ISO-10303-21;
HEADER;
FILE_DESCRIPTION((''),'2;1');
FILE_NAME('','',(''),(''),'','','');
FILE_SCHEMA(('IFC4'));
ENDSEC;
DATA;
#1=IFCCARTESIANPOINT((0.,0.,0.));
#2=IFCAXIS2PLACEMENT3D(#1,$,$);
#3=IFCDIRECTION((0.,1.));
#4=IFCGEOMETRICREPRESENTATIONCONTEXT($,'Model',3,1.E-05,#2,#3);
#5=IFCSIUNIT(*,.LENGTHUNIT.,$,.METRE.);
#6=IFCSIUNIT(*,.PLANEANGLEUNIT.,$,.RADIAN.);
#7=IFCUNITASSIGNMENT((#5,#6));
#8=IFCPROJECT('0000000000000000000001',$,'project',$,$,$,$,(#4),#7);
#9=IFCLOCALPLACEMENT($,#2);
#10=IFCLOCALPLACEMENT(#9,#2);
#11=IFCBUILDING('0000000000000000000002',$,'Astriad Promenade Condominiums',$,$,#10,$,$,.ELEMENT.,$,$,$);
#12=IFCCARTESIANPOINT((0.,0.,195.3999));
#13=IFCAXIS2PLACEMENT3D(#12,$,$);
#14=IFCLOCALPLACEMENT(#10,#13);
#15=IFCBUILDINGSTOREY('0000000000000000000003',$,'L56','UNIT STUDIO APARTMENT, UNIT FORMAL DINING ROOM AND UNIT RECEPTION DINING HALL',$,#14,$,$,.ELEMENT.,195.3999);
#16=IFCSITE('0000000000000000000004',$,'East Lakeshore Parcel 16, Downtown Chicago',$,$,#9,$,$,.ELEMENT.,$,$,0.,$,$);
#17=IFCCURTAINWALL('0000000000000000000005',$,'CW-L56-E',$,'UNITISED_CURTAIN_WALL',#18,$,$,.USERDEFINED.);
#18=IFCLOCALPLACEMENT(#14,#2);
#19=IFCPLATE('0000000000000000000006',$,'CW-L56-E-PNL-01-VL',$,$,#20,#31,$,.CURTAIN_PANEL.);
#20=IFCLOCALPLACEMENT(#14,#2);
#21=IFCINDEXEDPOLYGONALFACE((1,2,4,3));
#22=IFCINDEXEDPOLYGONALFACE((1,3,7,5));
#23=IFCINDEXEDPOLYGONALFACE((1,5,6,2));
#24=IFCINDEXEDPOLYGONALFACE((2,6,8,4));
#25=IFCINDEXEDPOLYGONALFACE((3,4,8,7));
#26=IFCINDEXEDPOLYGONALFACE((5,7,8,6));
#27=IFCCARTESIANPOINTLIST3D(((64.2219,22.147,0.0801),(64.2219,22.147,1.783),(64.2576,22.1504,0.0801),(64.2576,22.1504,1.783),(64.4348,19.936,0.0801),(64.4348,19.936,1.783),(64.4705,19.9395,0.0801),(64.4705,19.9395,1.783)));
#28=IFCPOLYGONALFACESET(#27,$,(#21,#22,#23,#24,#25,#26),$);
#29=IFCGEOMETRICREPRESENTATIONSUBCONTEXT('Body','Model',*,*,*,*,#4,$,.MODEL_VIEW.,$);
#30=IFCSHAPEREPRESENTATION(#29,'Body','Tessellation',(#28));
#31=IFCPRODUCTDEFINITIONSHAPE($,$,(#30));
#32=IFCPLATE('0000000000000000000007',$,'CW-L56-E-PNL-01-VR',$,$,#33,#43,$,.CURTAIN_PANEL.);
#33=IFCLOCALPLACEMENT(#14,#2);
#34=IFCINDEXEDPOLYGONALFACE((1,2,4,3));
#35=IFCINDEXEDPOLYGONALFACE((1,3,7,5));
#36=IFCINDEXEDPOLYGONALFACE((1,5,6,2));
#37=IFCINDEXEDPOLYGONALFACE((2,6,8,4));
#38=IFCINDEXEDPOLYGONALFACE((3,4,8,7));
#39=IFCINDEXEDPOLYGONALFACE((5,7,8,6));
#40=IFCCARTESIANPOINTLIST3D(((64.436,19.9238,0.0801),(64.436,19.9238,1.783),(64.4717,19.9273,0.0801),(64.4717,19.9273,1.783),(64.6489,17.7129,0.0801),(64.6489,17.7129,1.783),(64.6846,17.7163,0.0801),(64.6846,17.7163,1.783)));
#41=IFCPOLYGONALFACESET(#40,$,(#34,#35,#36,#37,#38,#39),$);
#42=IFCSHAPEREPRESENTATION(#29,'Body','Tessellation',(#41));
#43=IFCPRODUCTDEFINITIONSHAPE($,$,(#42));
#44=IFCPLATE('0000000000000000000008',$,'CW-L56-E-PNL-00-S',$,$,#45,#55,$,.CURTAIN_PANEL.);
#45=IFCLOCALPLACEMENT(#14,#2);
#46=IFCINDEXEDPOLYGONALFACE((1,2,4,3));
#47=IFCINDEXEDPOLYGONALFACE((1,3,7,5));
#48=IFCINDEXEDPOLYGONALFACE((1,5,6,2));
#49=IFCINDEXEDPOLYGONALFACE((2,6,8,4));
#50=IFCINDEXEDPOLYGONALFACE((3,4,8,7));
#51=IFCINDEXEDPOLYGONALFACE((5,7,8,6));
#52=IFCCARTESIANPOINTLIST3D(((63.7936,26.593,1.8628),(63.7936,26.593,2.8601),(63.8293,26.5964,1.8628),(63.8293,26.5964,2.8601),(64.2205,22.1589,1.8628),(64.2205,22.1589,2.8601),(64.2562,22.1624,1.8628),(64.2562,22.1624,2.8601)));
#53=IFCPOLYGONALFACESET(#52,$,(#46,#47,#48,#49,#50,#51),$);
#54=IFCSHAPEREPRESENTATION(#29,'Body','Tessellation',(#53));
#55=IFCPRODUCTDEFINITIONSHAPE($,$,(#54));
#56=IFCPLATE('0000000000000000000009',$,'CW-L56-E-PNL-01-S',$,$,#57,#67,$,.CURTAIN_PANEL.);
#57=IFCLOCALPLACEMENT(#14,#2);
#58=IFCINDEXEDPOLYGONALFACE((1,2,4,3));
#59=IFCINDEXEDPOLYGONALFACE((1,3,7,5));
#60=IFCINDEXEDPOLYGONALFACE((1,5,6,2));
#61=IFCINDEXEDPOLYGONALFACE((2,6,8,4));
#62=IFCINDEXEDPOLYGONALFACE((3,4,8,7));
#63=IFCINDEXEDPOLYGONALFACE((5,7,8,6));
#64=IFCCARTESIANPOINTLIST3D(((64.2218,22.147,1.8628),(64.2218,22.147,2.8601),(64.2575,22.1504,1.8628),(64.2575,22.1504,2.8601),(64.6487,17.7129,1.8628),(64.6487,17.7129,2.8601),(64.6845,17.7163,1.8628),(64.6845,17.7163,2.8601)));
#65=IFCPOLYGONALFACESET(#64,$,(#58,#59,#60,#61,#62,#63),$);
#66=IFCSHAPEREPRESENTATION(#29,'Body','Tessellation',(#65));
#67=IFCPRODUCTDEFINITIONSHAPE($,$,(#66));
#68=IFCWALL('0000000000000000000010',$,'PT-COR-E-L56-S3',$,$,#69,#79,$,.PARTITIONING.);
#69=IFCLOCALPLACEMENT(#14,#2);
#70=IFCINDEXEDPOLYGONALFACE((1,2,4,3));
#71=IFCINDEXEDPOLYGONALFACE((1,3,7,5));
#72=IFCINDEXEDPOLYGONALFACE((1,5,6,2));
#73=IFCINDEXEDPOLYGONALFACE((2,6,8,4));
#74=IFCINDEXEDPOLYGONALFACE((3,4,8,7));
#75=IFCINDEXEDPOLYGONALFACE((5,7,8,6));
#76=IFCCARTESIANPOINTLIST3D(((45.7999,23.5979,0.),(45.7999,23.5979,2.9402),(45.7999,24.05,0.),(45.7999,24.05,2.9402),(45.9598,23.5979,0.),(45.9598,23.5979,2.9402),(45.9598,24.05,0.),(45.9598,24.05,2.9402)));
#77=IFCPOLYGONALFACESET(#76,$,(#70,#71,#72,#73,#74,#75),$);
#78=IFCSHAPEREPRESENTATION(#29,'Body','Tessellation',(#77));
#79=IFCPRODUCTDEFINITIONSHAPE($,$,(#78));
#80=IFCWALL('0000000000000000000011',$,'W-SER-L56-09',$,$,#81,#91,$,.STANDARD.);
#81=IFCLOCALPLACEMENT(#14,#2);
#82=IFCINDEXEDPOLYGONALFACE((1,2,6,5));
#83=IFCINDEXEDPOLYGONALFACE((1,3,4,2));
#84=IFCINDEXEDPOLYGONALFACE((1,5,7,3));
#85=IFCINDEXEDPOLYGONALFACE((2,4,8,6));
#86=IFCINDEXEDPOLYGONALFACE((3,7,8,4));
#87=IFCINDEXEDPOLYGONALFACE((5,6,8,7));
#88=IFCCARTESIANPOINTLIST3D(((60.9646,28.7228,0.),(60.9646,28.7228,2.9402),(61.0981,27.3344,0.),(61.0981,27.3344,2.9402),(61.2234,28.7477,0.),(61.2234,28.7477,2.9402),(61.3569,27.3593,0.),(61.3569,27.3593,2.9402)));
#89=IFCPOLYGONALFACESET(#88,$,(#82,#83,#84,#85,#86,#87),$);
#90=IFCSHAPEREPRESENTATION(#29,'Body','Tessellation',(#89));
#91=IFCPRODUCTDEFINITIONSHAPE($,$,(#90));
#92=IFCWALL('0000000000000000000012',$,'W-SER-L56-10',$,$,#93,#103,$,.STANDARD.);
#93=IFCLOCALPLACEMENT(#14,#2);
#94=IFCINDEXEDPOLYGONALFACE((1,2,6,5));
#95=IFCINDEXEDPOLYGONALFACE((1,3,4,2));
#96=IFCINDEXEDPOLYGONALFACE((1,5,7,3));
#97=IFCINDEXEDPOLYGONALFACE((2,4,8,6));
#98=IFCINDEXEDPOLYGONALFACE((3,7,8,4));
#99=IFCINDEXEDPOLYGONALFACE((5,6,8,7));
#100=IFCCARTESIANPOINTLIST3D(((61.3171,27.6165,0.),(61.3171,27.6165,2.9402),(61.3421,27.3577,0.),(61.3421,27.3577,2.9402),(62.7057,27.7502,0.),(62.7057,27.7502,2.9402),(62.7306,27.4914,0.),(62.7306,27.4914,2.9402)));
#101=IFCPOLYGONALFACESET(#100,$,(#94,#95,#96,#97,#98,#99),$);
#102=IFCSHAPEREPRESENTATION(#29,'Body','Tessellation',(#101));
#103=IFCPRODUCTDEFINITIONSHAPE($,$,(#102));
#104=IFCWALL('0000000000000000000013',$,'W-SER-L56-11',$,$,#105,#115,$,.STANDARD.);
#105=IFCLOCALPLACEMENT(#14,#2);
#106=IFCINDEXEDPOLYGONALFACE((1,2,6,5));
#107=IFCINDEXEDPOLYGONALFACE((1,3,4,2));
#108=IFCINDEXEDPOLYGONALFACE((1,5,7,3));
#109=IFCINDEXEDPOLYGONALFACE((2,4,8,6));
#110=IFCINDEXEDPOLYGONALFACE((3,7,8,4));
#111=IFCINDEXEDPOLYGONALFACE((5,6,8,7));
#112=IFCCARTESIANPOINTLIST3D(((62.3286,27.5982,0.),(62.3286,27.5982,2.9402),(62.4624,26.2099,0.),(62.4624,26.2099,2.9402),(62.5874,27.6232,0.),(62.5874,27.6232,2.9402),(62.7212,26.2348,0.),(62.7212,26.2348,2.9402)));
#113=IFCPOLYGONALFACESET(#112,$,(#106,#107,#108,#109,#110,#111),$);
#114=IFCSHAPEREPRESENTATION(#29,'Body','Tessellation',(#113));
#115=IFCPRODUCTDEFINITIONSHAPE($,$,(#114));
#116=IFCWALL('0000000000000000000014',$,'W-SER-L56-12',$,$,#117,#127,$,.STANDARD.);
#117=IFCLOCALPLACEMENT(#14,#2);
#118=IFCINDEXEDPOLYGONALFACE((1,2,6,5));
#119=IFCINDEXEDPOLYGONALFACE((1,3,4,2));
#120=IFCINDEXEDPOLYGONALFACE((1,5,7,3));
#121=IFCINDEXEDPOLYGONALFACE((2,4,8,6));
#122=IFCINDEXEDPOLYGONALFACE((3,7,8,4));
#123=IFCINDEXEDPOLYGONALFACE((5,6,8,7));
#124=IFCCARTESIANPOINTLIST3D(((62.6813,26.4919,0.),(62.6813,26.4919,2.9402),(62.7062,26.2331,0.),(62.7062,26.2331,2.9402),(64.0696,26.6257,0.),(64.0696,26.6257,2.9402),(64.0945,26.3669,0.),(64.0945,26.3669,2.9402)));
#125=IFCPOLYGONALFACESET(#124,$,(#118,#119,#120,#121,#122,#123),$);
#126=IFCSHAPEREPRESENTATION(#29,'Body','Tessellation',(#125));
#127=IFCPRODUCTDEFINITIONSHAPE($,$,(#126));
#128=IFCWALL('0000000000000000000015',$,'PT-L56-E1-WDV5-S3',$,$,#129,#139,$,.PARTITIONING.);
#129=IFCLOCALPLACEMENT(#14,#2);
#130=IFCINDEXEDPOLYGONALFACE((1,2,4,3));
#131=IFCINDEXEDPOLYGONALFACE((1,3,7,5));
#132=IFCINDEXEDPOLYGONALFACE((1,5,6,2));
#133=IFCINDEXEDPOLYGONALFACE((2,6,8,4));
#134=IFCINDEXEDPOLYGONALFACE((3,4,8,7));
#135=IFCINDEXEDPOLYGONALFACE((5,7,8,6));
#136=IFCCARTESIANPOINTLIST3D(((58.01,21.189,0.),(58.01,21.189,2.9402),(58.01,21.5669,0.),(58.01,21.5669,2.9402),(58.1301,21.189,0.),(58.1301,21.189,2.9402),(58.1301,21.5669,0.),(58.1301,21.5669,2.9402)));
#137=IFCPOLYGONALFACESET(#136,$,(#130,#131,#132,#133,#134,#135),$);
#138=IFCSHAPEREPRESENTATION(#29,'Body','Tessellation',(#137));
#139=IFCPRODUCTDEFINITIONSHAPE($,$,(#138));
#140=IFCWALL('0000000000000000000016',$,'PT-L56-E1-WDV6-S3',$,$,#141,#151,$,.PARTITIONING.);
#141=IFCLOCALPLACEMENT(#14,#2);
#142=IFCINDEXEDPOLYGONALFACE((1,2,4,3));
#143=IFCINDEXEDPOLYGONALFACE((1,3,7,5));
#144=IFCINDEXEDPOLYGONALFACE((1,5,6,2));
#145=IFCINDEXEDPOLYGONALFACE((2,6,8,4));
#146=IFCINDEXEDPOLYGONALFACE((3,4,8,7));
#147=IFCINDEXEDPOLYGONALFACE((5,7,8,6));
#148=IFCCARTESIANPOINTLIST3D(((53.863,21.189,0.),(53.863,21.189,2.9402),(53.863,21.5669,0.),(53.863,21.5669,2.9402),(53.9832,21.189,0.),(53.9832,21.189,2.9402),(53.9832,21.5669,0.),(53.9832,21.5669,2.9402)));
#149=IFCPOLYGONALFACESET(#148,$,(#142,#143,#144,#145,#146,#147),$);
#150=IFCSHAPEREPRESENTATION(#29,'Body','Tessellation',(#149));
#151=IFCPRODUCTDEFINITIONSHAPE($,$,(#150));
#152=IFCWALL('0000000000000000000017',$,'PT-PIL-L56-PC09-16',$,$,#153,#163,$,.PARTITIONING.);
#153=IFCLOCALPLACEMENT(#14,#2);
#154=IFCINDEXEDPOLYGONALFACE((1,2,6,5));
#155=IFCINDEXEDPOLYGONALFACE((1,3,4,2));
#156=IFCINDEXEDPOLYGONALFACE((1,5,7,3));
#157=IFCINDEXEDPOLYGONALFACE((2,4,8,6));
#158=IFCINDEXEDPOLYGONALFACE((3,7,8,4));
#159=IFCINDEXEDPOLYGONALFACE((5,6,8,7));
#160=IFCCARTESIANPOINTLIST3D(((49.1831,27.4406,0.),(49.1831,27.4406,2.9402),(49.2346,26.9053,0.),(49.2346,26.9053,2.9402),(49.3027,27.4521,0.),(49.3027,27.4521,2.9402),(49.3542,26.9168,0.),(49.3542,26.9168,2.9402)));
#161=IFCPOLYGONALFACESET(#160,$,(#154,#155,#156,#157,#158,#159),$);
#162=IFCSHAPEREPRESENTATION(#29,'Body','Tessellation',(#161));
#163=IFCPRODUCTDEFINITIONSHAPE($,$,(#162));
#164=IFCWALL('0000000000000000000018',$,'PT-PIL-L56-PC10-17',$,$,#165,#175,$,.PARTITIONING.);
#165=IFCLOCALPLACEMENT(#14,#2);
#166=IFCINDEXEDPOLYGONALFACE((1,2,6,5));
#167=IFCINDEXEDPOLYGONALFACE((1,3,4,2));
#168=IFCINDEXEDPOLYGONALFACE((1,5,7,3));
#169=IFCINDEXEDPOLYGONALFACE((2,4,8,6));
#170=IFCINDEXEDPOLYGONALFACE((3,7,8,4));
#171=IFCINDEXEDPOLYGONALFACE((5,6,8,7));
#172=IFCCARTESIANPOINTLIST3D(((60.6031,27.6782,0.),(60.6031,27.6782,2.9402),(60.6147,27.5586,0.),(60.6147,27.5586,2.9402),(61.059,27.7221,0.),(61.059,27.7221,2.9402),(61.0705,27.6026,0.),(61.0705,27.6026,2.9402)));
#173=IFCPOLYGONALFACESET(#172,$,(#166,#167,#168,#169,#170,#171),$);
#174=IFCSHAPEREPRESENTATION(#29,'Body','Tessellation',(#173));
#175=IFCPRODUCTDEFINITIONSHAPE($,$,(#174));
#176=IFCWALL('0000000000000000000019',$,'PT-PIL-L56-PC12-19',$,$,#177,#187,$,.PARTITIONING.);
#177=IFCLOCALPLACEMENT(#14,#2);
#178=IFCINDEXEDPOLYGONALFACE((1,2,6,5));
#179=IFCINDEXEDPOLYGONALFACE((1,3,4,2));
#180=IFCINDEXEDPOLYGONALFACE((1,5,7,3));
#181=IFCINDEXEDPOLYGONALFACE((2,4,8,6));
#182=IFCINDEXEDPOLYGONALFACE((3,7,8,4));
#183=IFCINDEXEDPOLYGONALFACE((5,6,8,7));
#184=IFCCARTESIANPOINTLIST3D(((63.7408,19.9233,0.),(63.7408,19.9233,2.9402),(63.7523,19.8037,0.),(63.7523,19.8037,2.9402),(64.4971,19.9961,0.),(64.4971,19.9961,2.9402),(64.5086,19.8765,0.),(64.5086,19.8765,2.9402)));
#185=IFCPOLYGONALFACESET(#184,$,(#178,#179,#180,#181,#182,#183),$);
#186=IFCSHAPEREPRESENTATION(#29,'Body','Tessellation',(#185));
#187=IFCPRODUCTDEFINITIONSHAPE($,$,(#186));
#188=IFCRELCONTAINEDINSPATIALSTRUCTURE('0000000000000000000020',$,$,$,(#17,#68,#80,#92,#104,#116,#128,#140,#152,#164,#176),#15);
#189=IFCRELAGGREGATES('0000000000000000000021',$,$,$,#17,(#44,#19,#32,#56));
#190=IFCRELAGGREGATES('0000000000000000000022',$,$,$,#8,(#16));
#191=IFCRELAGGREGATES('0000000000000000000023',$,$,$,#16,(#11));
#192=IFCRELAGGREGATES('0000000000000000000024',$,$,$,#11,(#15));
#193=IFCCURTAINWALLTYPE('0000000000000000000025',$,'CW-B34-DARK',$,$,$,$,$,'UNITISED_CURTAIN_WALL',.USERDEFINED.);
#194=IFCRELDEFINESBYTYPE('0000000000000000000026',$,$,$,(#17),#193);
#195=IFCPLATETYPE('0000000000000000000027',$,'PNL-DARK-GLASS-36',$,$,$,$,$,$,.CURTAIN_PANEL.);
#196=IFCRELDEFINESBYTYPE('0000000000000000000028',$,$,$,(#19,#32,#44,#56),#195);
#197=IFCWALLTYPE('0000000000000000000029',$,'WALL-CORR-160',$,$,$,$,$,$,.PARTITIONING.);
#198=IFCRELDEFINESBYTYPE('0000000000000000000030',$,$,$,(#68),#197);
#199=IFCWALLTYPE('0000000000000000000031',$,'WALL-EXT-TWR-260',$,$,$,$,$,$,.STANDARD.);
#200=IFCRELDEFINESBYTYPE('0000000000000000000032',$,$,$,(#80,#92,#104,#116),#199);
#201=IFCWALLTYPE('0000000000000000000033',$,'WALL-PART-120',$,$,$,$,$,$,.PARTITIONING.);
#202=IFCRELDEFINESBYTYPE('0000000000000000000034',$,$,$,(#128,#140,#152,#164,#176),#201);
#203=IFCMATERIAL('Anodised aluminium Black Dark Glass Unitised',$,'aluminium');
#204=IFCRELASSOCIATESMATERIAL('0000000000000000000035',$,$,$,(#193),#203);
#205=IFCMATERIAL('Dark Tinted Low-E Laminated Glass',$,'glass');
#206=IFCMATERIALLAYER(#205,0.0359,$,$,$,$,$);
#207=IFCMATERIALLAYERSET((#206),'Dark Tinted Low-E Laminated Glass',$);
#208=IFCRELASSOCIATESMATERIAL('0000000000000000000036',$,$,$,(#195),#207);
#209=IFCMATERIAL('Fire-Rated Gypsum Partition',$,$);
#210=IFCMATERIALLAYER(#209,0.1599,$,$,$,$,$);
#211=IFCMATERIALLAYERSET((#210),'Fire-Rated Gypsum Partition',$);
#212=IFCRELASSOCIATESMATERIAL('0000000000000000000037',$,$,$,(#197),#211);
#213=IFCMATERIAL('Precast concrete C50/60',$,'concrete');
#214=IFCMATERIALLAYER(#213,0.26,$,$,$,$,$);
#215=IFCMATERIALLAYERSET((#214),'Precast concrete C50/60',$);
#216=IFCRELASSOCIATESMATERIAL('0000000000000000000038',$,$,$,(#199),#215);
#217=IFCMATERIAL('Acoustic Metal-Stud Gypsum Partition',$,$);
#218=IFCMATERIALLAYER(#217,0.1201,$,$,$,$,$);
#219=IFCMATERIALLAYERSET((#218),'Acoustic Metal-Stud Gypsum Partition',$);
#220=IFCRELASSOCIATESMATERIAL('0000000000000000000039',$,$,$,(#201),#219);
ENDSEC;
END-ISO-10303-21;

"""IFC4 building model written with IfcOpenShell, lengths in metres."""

from ifc_helpers import new_model, si_unit, direction, frame, frame_2d, origin, origin_2d, place, context, subcontext, project, spatial, rectangle, extrude, source, transform, mapped, material, layer, layer_set, type_object, type_shapes, element, aggregate, save


model = new_model("IFC4")

# Units and contexts
model_context = context("Model", 3, precision=1e-05, world=origin(), true_north=direction((0.0, 1.0)))
body_context = subcontext(model_context, "Body", "Model", "MODEL_VIEW")
ifc_project = project(units=[si_unit("LENGTHUNIT", "METRE"), si_unit("PLANEANGLEUNIT", "RADIAN")], contexts=[model_context])

# Site, building, storey
site_placement = place(None, origin())
site = spatial("IfcSite", under=ifc_project, at=site_placement, Name="East Lakeshore Parcel 16, Downtown Chicago", CompositionType="ELEMENT", RefElevation=0.0)
building_placement = place(site_placement, origin())
building = spatial("IfcBuilding", under=site, at=building_placement, Name="Astriad Promenade Condominiums", CompositionType="ELEMENT")
storey_placement = place(building_placement, frame((0.0, 0.0, 195.3999)))
storey = spatial("IfcBuildingStorey", under=building, at=storey_placement, Name="L56", Description="UNIT STUDIO APARTMENT, UNIT FORMAL DINING ROOM AND UNIT RECEPTION DINING HALL", CompositionType="ELEMENT", Elevation=195.3999)

# Curtain wall, plates
ifc_material_1 = material(Name="Anodised aluminium Black Dark Glass Unitised", Category="aluminium")
curtain_wall_type = type_object("IfcCurtainWallType", Name="CW-B34-DARK", ElementType="UNITISED_CURTAIN_WALL", PredefinedType="USERDEFINED", material=ifc_material_1)
curtain_wall_placement = place(storey_placement, origin())
curtain_wall = element("IfcCurtainWall", 1, at=curtain_wall_placement, inside=storey, type_object=curtain_wall_type, Name="CW-L56-E", ObjectType="UNITISED_CURTAIN_WALL", PredefinedType="USERDEFINED")
ifc_material_2 = material(Name="Dark Tinted Low-E Laminated Glass", Category="glass")
ifc_layer_1 = layer(ifc_material_2, 0.0359)
ifc_layer_set_1 = layer_set([ifc_layer_1], Name="Dark Tinted Low-E Laminated Glass")
plate_type = type_object("IfcPlateType", Name="PNL-DARK-GLASS-36", PredefinedType="CURTAIN_PANEL", material=ifc_layer_set_1)
shared_shape_1 = source(origin(), body_context, "Body", "SweptSolid", [
    extrude(rectangle(XDim=2.2212, YDim=0.0359, at=origin_2d()), origin(), (0.0, 0.0, 1.0), 1.7029),
])
plate_1_placement = place(storey_placement, frame((64.3462, 21.0432, 0.0801), z_axis=(0.0, 0.0, 1.0), x_axis=(0.095846, -0.995396, 0.0)))
plate_1 = element("IfcPlate", 2, at=plate_1_placement, type_object=plate_type, Name="CW-L56-E-PNL-01-VL", PredefinedType="CURTAIN_PANEL", context=body_context, shape_type="MappedRepresentation", body=[
    mapped(shared_shape_1, transform((0.0, 0.0, 0.0), scale=1.0)),
])
plate_2_placement = place(storey_placement, frame((64.5603, 18.8201, 0.0801), z_axis=(0.0, 0.0, 1.0), x_axis=(0.095846, -0.995396, 0.0)))
plate_2 = element("IfcPlate", 3, at=plate_2_placement, type_object=plate_type, Name="CW-L56-E-PNL-01-VR", PredefinedType="CURTAIN_PANEL", context=body_context, shape_type="MappedRepresentation", body=[
    mapped(shared_shape_1, transform((0.0, 0.0, 0.0), scale=1.0)),
])
shared_shape_2 = source(origin(), body_context, "Body", "SweptSolid", [
    extrude(rectangle(XDim=4.4546, YDim=0.0359, at=origin_2d()), origin(), (0.0, 0.0, 1.0), 0.9973),
])
type_shapes(plate_type, [shared_shape_1, shared_shape_2])
plate_3_placement = place(storey_placement, frame((64.0249, 24.3777, 1.8628), z_axis=(0.0, 0.0, 1.0), x_axis=(0.095846, -0.995396, 0.0)))
plate_3 = element("IfcPlate", 4, at=plate_3_placement, type_object=plate_type, Name="CW-L56-E-PNL-00-S", PredefinedType="CURTAIN_PANEL", context=body_context, shape_type="MappedRepresentation", body=[
    mapped(shared_shape_2, transform((0.0, 0.0, 0.0), scale=1.0)),
])
plate_4_placement = place(storey_placement, frame((64.4531, 19.9316, 1.8628), z_axis=(0.0, 0.0, 1.0), x_axis=(0.095846, -0.995396, 0.0)))
plate_4 = element("IfcPlate", 5, at=plate_4_placement, type_object=plate_type, Name="CW-L56-E-PNL-01-S", PredefinedType="CURTAIN_PANEL", context=body_context, shape_type="MappedRepresentation", body=[
    mapped(shared_shape_2, transform((0.0, 0.0, 0.0), scale=1.0)),
])
aggregate(curtain_wall, [plate_3, plate_1, plate_2, plate_4])

# Walls
ifc_material_3 = material(Name="Fire-Rated Gypsum Partition")
ifc_layer_2 = layer(ifc_material_3, 0.1599)
ifc_layer_set_2 = layer_set([ifc_layer_2], Name="Fire-Rated Gypsum Partition")
wall_type_1 = type_object("IfcWallType", Name="WALL-CORR-160", PredefinedType="PARTITIONING", material=ifc_layer_set_2)
wall_1_placement = place(storey_placement, frame((45.8799, 23.5979, 0.0), z_axis=(0.0, 0.0, 1.0), x_axis=(0.0, 1.0, 0.0)))
element("IfcWall", 6, at=wall_1_placement, inside=storey, type_object=wall_type_1, Name="PT-COR-E-L56-S3", PredefinedType="PARTITIONING", context=body_context, shape_type="SweptSolid", body=[
    extrude(rectangle(XDim=0.4521, YDim=0.1599, at=frame_2d((0.2261, 0.0))), origin(), (0.0, 0.0, 1.0), 2.9402),
])
ifc_material_4 = material(Name="Precast concrete C50/60", Category="concrete")
ifc_layer_3 = layer(ifc_material_4, 0.26)
ifc_layer_set_3 = layer_set([ifc_layer_3], Name="Precast concrete C50/60")
wall_type_2 = type_object("IfcWallType", Name="WALL-EXT-TWR-260", PredefinedType="STANDARD", material=ifc_layer_set_3)
wall_2_placement = place(storey_placement, frame((61.094, 28.7351, 0.0), z_axis=(0.0, 0.0, 1.0), x_axis=(0.095742, -0.995406, 0.0)))
element("IfcWall", 7, at=wall_2_placement, inside=storey, type_object=wall_type_2, Name="W-SER-L56-09", PredefinedType="STANDARD", context=body_context, shape_type="SweptSolid", body=[
    extrude(rectangle(XDim=1.3948, YDim=0.26, at=frame_2d((0.6973, 0.0))), origin(), (0.0, 0.0, 1.0), 2.9402),
])
wall_3_placement = place(storey_placement, frame((61.3296, 27.4871, 0.0), z_axis=(0.0, 0.0, 1.0), x_axis=(0.995391, 0.095899, 0.0)))
element("IfcWall", 8, at=wall_3_placement, inside=storey, type_object=wall_type_2, Name="W-SER-L56-10", PredefinedType="STANDARD", context=body_context, shape_type="SweptSolid", body=[
    extrude(rectangle(XDim=1.395, YDim=0.26, at=frame_2d((0.6975, 0.0))), origin(), (0.0, 0.0, 1.0), 2.9402),
])
for number, where, z_axis, x_axis, name in (
    (9, (62.458, 27.6106, 0.0), (0.0, 0.0, 1.0), (0.095916, -0.995389, 0.0), "W-SER-L56-11"),
    (10, (62.6938, 26.3625, 0.0), (0.0, 0.0, 1.0), (0.995389, 0.095916, 0.0), "W-SER-L56-12"),
):
    element("IfcWall", number, at=place(storey_placement, frame(where, z_axis=z_axis, x_axis=x_axis)), inside=storey, type_object=wall_type_2, Name=name, PredefinedType="STANDARD", context=body_context, shape_type="SweptSolid", body=[
        extrude(rectangle(XDim=1.3948, YDim=0.26, at=frame_2d((0.6973, 0.0))), origin(), (0.0, 0.0, 1.0), 2.9402),
    ])
ifc_material_5 = material(Name="Acoustic Metal-Stud Gypsum Partition")
ifc_layer_4 = layer(ifc_material_5, 0.1201)
ifc_layer_set_4 = layer_set([ifc_layer_4], Name="Acoustic Metal-Stud Gypsum Partition")
wall_type_3 = type_object("IfcWallType", Name="WALL-PART-120", PredefinedType="PARTITIONING", material=ifc_layer_set_4)
for number, where, z_axis, x_axis, name in (
    (11, (58.0701, 21.189, 0.0), (0.0, 0.0, 1.0), (0.0, 1.0, 0.0), "PT-L56-E1-WDV5-S3"),
    (12, (53.9231, 21.189, 0.0), (0.0, 0.0, 1.0), (0.0, 1.0, 0.0), "PT-L56-E1-WDV6-S3"),
):
    element("IfcWall", number, at=place(storey_placement, frame(where, z_axis=z_axis, x_axis=x_axis)), inside=storey, type_object=wall_type_3, Name=name, PredefinedType="PARTITIONING", context=body_context, shape_type="SweptSolid", body=[
        extrude(rectangle(XDim=0.3779, YDim=0.1201, at=frame_2d((0.189, 0.0))), origin(), (0.0, 0.0, 1.0), 2.9402),
    ])
wall_4_placement = place(storey_placement, frame((49.2944, 26.9109, 0.0), z_axis=(0.0, 0.0, 1.0), x_axis=(-0.095773, 0.995403, 0.0)))
element("IfcWall", 13, at=wall_4_placement, inside=storey, type_object=wall_type_3, Name="PT-PIL-L56-PC09-16", PredefinedType="PARTITIONING", context=body_context, shape_type="SweptSolid", body=[
    extrude(rectangle(XDim=0.5378, YDim=0.1201, at=frame_2d((0.269, 0.0))), origin(), (0.0, 0.0, 1.0), 2.9402),
])
wall_5_placement = place(storey_placement, frame((60.6089, 27.6184, 0.0), z_axis=(0.0, 0.0, 1.0), x_axis=(0.995385, 0.095966, 0.0)))
element("IfcWall", 14, at=wall_5_placement, inside=storey, type_object=wall_type_3, Name="PT-PIL-L56-PC10-17", PredefinedType="PARTITIONING", context=body_context, shape_type="SweptSolid", body=[
    extrude(rectangle(XDim=0.458, YDim=0.1201, at=frame_2d((0.229, 0.0))), origin(), (0.0, 0.0, 1.0), 2.9402),
])
wall_6_placement = place(storey_placement, frame((63.7466, 19.8635, 0.0), z_axis=(0.0, 0.0, 1.0), x_axis=(0.995405, 0.095749, 0.0)))
element("IfcWall", 15, at=wall_6_placement, inside=storey, type_object=wall_type_3, Name="PT-PIL-L56-PC12-19", PredefinedType="PARTITIONING", context=body_context, shape_type="SweptSolid", body=[
    extrude(rectangle(XDim=0.7598, YDim=0.1201, at=frame_2d((0.3799, 0.0))), origin(), (0.0, 0.0, 1.0), 2.9402),
])

save(model, "model.ifc")
